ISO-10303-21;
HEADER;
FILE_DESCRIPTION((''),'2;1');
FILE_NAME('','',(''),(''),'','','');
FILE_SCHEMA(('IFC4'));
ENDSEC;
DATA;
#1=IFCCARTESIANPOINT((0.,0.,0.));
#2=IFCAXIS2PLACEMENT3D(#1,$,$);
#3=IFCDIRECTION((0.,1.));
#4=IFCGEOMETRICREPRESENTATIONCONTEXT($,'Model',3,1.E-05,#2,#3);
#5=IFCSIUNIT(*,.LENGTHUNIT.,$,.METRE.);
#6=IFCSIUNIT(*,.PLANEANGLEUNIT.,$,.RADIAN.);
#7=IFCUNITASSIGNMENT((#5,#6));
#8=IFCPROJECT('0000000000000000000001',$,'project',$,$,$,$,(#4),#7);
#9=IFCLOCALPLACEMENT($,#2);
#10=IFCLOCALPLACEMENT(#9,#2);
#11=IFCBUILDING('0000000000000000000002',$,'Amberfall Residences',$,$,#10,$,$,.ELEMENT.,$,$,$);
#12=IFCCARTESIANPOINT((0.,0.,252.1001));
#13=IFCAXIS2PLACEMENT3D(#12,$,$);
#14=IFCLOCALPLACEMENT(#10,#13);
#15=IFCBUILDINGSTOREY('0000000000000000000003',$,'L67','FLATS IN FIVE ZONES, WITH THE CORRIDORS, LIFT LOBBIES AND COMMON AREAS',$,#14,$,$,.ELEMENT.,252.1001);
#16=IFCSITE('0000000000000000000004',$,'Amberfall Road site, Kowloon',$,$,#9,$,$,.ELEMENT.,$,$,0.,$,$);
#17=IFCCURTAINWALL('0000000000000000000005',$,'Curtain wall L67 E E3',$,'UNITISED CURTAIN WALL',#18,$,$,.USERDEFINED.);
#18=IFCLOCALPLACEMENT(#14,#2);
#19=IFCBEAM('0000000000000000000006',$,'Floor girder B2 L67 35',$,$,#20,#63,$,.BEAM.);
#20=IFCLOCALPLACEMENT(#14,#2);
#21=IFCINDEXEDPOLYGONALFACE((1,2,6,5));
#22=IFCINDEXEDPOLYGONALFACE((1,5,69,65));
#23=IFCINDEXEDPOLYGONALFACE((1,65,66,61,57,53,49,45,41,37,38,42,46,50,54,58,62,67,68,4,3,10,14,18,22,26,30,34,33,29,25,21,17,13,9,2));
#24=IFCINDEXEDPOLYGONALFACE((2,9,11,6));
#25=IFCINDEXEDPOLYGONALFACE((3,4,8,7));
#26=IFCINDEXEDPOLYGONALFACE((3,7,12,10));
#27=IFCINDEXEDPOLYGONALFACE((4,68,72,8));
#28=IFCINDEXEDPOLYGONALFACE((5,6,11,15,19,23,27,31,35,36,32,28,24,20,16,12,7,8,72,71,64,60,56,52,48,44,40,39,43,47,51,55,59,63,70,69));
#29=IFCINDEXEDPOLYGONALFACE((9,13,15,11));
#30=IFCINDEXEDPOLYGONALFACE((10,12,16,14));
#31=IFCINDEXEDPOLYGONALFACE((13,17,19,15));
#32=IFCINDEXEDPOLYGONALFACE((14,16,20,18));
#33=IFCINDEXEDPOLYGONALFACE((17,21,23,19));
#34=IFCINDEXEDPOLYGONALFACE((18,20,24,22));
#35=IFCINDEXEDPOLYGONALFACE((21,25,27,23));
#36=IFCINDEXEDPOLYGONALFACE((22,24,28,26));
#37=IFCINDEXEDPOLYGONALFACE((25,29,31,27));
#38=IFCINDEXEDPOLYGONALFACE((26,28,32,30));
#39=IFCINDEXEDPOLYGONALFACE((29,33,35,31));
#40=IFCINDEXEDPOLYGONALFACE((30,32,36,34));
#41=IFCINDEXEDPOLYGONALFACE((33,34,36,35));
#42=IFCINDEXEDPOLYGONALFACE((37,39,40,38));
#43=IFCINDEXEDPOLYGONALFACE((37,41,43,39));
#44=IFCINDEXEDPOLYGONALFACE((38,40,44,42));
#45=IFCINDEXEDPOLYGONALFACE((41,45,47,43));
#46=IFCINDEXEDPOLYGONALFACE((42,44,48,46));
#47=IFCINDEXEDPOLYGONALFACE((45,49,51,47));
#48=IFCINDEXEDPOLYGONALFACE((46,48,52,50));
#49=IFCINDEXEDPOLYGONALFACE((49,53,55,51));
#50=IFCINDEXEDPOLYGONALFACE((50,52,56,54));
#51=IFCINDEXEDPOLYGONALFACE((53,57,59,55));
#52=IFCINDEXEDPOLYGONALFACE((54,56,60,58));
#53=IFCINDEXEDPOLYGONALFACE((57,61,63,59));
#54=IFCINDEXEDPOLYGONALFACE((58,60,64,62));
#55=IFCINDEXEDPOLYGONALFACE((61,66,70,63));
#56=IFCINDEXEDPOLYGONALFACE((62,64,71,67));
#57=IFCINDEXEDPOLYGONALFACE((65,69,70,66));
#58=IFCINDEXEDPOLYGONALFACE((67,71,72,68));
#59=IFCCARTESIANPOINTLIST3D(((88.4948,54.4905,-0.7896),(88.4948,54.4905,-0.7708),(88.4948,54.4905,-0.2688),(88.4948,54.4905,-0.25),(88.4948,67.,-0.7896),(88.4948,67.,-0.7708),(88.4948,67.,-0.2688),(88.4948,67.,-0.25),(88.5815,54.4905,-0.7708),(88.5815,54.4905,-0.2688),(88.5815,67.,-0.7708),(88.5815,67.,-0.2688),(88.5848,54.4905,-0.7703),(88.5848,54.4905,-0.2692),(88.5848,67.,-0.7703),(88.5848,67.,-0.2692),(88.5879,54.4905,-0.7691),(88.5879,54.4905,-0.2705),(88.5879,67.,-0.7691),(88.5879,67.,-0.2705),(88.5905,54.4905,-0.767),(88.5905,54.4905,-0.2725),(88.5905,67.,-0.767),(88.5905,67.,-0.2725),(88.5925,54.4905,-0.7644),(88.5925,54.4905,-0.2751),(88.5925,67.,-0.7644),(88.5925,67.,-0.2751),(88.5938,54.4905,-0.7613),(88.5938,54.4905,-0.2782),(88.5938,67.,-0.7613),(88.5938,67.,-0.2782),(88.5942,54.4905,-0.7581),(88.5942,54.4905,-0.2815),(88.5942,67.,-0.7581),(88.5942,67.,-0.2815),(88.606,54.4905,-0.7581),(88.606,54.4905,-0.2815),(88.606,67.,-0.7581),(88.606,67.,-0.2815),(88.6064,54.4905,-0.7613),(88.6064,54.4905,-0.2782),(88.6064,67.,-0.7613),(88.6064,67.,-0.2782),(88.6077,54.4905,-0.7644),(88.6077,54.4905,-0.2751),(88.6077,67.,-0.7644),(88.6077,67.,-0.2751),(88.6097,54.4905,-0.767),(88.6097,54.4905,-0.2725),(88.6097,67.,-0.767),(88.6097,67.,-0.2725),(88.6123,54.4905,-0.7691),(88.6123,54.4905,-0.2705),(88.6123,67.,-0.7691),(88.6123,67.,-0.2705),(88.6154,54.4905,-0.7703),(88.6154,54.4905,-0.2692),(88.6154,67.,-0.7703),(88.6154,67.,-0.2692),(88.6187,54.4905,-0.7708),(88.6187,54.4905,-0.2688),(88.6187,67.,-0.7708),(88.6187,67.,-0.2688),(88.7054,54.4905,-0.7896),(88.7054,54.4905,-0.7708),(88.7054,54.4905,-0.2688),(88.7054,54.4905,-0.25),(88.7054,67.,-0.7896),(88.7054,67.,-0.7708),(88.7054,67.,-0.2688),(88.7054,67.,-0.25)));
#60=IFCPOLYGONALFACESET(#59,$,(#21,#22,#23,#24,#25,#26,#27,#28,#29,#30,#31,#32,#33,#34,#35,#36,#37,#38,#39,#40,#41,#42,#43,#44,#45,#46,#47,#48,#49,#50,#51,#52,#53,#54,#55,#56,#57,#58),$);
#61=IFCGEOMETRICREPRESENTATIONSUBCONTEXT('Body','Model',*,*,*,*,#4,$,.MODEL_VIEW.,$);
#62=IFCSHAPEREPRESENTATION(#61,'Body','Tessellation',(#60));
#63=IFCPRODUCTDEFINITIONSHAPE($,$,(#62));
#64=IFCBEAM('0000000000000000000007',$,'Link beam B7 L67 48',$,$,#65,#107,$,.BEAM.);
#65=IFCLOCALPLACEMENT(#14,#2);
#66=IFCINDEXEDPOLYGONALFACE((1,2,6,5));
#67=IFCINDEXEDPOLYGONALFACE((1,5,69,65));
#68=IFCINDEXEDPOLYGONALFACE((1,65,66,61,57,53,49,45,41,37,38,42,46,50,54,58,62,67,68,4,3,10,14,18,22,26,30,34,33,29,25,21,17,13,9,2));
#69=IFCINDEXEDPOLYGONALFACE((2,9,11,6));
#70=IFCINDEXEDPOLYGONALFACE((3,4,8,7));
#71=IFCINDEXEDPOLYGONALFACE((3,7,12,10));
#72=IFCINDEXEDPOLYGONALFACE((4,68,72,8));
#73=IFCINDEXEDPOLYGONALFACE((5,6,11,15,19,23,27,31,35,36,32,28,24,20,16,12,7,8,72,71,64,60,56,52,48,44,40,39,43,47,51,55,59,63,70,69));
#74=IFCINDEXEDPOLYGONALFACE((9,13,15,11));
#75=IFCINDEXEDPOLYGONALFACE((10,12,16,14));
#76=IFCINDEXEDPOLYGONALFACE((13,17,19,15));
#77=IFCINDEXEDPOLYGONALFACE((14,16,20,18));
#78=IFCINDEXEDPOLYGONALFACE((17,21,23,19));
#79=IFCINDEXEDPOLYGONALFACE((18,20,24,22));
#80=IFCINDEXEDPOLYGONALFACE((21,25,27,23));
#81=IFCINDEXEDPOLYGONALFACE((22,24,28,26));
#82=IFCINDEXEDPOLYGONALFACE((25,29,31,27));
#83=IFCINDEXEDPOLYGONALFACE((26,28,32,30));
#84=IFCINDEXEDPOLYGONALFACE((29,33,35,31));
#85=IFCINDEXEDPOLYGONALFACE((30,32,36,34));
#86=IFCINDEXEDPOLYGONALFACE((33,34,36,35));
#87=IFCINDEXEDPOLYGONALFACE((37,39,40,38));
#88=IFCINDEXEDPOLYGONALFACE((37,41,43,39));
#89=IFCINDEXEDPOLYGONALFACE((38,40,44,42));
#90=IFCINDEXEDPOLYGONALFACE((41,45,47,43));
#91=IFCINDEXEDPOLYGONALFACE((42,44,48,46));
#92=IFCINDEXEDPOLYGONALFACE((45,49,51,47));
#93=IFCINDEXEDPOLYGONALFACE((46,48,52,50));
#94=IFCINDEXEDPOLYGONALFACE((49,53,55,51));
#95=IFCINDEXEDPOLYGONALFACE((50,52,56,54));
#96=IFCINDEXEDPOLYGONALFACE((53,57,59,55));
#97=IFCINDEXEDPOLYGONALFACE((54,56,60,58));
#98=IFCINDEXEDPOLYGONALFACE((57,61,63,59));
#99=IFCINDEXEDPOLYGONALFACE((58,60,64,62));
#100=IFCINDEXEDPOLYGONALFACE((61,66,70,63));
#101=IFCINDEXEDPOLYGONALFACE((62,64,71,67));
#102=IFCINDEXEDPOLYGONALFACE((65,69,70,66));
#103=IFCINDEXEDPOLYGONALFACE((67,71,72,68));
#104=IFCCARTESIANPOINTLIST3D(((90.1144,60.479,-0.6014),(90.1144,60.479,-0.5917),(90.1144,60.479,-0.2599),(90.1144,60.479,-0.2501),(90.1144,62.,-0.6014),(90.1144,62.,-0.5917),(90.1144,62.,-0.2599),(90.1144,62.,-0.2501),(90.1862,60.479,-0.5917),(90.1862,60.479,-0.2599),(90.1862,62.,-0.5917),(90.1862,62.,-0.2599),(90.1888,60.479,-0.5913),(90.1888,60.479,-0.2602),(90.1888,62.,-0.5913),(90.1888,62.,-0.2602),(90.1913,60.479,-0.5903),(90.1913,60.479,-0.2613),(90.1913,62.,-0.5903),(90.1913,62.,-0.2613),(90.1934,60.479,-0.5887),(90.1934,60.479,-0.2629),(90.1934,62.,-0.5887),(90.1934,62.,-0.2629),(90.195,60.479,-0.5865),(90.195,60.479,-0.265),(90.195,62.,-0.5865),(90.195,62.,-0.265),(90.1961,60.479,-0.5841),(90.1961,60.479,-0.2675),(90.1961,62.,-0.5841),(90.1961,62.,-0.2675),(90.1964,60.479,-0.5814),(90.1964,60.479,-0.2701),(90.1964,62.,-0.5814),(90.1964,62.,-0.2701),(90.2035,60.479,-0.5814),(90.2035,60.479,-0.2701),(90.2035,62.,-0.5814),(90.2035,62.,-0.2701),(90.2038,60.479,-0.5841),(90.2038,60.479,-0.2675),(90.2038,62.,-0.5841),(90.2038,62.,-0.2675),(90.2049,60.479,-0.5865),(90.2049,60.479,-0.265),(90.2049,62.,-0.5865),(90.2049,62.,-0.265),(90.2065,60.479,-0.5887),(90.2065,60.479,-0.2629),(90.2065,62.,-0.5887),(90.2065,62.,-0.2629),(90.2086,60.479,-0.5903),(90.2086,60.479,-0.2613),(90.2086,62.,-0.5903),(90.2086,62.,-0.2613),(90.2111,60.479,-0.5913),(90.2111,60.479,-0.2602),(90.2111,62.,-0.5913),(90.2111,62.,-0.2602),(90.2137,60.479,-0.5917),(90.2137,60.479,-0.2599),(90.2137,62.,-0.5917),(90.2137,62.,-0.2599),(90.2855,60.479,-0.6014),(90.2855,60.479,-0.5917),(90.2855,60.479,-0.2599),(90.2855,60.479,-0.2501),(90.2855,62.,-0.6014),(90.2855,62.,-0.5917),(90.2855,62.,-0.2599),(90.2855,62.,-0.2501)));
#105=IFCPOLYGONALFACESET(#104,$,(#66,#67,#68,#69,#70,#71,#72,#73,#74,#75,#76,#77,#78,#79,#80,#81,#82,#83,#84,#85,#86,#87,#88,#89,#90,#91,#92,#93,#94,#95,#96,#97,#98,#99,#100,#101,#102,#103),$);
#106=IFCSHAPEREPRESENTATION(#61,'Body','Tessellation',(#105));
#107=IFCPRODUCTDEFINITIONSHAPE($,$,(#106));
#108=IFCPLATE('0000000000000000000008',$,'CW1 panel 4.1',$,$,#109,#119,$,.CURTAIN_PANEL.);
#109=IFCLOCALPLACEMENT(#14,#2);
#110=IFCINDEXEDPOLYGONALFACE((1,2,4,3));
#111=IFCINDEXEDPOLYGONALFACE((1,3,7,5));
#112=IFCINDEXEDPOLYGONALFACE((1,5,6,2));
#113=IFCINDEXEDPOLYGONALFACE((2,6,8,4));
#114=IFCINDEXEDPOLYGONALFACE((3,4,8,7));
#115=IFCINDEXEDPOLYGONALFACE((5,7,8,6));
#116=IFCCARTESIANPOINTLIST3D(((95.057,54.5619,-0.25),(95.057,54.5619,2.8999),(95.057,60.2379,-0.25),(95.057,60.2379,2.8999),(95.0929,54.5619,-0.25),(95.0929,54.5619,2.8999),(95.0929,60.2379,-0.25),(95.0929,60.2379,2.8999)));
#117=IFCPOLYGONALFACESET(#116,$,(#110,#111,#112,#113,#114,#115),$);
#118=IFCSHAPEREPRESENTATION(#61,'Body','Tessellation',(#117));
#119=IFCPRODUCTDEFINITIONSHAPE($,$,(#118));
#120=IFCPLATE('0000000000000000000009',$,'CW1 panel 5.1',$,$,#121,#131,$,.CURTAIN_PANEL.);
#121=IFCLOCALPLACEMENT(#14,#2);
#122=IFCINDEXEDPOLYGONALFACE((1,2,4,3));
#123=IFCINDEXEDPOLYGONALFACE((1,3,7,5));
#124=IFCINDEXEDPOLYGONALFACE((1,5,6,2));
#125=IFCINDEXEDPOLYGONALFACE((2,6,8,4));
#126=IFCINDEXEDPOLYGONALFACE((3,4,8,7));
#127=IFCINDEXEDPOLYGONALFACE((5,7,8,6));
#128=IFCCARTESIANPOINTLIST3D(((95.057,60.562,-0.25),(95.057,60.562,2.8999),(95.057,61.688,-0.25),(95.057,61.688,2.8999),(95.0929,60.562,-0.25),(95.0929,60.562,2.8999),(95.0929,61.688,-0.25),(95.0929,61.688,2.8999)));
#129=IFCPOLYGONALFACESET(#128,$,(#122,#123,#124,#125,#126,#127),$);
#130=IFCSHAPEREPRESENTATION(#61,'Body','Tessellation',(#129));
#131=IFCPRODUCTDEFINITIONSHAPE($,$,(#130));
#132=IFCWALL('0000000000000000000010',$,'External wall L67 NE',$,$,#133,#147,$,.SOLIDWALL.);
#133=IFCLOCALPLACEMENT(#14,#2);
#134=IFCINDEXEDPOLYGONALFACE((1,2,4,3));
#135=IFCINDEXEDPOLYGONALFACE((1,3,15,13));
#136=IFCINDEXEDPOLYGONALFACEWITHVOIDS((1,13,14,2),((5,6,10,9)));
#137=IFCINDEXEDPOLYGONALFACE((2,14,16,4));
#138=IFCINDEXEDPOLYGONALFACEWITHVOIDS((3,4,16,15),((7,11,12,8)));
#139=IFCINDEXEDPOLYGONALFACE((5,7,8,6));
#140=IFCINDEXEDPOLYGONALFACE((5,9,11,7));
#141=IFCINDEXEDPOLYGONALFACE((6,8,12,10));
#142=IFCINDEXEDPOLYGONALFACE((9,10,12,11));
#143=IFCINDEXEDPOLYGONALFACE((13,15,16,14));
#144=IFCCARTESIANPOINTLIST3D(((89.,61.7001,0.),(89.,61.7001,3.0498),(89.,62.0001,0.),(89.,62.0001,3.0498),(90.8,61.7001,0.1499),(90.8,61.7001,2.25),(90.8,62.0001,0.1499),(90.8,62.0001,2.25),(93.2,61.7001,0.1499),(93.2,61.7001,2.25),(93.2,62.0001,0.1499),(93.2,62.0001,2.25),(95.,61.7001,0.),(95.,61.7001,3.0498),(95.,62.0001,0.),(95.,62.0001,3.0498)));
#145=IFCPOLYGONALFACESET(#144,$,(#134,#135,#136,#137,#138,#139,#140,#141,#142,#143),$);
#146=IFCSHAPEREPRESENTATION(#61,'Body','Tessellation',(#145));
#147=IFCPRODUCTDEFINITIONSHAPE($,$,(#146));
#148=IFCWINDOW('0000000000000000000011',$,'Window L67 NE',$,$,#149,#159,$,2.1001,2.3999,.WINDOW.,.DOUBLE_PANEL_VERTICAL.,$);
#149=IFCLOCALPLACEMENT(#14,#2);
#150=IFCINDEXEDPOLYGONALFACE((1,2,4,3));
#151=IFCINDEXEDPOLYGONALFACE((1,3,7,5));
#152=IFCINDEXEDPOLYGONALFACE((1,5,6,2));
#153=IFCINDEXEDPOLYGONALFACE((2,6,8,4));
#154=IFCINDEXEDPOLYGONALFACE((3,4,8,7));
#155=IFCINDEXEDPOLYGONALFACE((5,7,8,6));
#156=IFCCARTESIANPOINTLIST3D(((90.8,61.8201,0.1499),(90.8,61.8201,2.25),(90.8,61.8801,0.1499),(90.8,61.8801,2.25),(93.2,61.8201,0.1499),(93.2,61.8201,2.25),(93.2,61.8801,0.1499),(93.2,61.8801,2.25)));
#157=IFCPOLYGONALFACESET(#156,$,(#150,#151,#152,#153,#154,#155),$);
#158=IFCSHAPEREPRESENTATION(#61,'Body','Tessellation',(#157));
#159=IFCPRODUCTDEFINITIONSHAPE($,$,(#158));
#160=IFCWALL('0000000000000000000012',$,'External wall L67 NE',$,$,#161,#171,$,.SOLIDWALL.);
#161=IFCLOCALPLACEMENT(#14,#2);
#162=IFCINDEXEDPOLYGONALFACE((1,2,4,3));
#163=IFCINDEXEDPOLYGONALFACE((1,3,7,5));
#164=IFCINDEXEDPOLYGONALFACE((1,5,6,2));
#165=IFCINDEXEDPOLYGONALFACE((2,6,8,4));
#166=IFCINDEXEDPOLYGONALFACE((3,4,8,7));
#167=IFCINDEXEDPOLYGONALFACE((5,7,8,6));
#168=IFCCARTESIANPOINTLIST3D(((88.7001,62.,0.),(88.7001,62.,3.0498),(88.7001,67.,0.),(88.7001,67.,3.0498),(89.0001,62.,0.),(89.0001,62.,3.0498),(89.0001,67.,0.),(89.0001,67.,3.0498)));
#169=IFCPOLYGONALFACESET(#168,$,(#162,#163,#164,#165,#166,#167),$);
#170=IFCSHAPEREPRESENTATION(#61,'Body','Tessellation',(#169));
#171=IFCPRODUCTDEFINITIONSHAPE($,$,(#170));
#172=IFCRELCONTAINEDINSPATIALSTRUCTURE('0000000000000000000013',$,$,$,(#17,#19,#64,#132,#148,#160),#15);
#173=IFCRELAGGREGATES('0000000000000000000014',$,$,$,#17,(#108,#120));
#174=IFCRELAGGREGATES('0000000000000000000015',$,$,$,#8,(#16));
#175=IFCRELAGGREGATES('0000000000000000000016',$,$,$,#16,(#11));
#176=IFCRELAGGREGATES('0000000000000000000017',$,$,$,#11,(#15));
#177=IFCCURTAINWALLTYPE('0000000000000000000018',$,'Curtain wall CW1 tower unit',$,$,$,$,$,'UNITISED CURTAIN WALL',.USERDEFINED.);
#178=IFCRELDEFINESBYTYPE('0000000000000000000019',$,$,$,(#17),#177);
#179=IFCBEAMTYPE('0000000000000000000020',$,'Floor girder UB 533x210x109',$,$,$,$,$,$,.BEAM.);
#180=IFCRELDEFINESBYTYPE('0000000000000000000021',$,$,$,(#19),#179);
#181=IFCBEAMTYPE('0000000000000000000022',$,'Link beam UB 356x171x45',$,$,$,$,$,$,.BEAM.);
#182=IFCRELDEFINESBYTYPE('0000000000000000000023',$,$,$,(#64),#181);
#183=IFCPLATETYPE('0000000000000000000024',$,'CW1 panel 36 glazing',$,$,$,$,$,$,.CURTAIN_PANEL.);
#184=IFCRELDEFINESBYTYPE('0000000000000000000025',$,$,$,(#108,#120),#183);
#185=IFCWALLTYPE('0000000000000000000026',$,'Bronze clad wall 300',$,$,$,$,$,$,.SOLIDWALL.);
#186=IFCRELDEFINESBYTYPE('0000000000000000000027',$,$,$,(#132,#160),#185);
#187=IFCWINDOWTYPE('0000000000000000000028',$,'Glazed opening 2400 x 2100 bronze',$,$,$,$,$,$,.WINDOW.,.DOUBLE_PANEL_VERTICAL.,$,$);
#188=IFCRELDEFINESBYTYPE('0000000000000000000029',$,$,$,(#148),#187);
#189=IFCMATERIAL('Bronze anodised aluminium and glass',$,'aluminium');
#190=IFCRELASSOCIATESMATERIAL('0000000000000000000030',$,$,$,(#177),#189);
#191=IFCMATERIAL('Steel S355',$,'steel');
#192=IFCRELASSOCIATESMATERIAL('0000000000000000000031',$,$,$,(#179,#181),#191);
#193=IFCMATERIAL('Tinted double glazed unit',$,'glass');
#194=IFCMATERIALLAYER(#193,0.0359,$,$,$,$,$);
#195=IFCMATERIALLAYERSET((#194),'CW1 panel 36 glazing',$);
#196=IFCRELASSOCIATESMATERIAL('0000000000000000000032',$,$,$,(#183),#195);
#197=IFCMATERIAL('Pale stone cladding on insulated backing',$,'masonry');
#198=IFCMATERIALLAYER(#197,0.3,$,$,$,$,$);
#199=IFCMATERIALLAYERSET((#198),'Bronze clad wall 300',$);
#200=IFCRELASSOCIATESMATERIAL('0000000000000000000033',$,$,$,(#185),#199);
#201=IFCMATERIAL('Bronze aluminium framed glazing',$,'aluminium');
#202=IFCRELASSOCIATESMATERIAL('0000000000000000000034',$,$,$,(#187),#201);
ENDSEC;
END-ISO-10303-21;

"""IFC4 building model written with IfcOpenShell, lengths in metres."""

from ifc_helpers import new_model, si_unit, direction, frame, frame_2d, origin, origin_2d, place, context, subcontext, project, spatial, rectangle, i_section, extrude, material, layer, layer_set, material_profile, profile_set, type_object, element, fill, aggregate, save


model = new_model("IFC4")

# Units and contexts
model_context = context("Model", 3, precision=1e-05, world=origin(), true_north=direction((0.0, 1.0)))
body_context = subcontext(model_context, "Body", "Model", "MODEL_VIEW")
ifc_project = project(units=[si_unit("LENGTHUNIT", "METRE"), si_unit("PLANEANGLEUNIT", "RADIAN")], contexts=[model_context])

# Site, building, storey
site_placement = place(None, origin())
site = spatial("IfcSite", under=ifc_project, at=site_placement, Name="Amberfall Road site, Kowloon", CompositionType="ELEMENT", RefElevation=0.0)
building_placement = place(site_placement, origin())
building = spatial("IfcBuilding", under=site, at=building_placement, Name="Amberfall Residences", CompositionType="ELEMENT")
storey_placement = place(building_placement, frame((0.0, 0.0, 252.1001)))
storey = spatial("IfcBuildingStorey", under=building, at=storey_placement, Name="L67", Description="FLATS IN FIVE ZONES, WITH THE CORRIDORS, LIFT LOBBIES AND COMMON AREAS", CompositionType="ELEMENT", Elevation=252.1001)

# Curtain wall
ifc_material_1 = material(Name="Bronze anodised aluminium and glass", Category="aluminium")
curtain_wall_type = type_object("IfcCurtainWallType", Name="Curtain wall CW1 tower unit", ElementType="UNITISED CURTAIN WALL", PredefinedType="USERDEFINED", material=ifc_material_1)
curtain_wall_1_placement = place(storey_placement, origin())
curtain_wall_1 = element("IfcCurtainWall", 1, at=curtain_wall_1_placement, inside=storey, type_object=curtain_wall_type, Name="Curtain wall L67 E E3", ObjectType="UNITISED CURTAIN WALL", PredefinedType="USERDEFINED")

# Beams
ifc_material_2 = material(Name="Steel S355", Category="steel")
ifc_material_profile_1 = material_profile(ifc_material_2, i_section(OverallWidth=0.2107, OverallDepth=0.5396, WebThickness=0.0117, FlangeThickness=0.0188, FilletRadius=0.0127, at=origin_2d()), Name="UB 533x210x109")
ifc_profile_set_1 = profile_set([ifc_material_profile_1], Name="Steel S355")
beam_type_1 = type_object("IfcBeamType", Name="Floor girder UB 533x210x109", PredefinedType="BEAM", material=ifc_profile_set_1)
beam_1_placement = place(storey_placement, frame((88.6001, 67.0, -0.5198), z_axis=(0.0, -1.0, 0.0), x_axis=(1.0, 0.0, 0.0)))
element("IfcBeam", 2, at=beam_1_placement, inside=storey, type_object=beam_type_1, Name="Floor girder B2 L67 35", PredefinedType="BEAM", context=body_context, shape_type="SweptSolid", body=[
    extrude(i_section(OverallWidth=0.2107, OverallDepth=0.5396, WebThickness=0.0117, FlangeThickness=0.0188, FilletRadius=0.0127, at=origin_2d()), origin(), (0.0, 0.0, 1.0), 12.5095),
])
ifc_material_profile_2 = material_profile(ifc_material_2, i_section(OverallWidth=0.1711, OverallDepth=0.3513, WebThickness=0.0071, FlangeThickness=0.0098, FilletRadius=0.0103, at=origin_2d()), Name="UB 356x171x45")
ifc_profile_set_2 = profile_set([ifc_material_profile_2], Name="Steel S355")
beam_type_2 = type_object("IfcBeamType", Name="Link beam UB 356x171x45", PredefinedType="BEAM", material=ifc_profile_set_2)
beam_2_placement = place(storey_placement, frame((90.2, 62.0, -0.4258), z_axis=(0.0, -1.0, 0.0), x_axis=(1.0, 0.0, 0.0)))
element("IfcBeam", 3, at=beam_2_placement, inside=storey, type_object=beam_type_2, Name="Link beam B7 L67 48", PredefinedType="BEAM", context=body_context, shape_type="SweptSolid", body=[
    extrude(i_section(OverallWidth=0.1711, OverallDepth=0.3513, WebThickness=0.0071, FlangeThickness=0.0098, FilletRadius=0.0103, at=origin_2d()), origin(), (0.0, 0.0, 1.0), 1.521),
])

# Plates
ifc_material_3 = material(Name="Tinted double glazed unit", Category="glass")
ifc_layer_1 = layer(ifc_material_3, 0.0359)
ifc_layer_set_1 = layer_set([ifc_layer_1], Name="CW1 panel 36 glazing")
plate_type = type_object("IfcPlateType", Name="CW1 panel 36 glazing", PredefinedType="CURTAIN_PANEL", material=ifc_layer_set_1)
plate_1_placement = place(storey_placement, frame((95.075, 57.3999, -0.25), z_axis=(0.0, 0.0, 1.0), x_axis=(0.0, 1.0, 0.0)))
plate_1 = element("IfcPlate", 4, at=plate_1_placement, type_object=plate_type, Name="CW1 panel 4.1", PredefinedType="CURTAIN_PANEL", context=body_context, shape_type="SweptSolid", body=[
    extrude(rectangle(XDim=5.676, YDim=0.0359, at=origin_2d()), origin(), (0.0, 0.0, 1.0), 3.1499),
])
plate_2_placement = place(storey_placement, frame((95.075, 61.125, -0.25), z_axis=(0.0, 0.0, 1.0), x_axis=(0.0, 1.0, 0.0)))
plate_2 = element("IfcPlate", 5, at=plate_2_placement, type_object=plate_type, Name="CW1 panel 5.1", PredefinedType="CURTAIN_PANEL", context=body_context, shape_type="SweptSolid", body=[
    extrude(rectangle(XDim=1.126, YDim=0.0359, at=origin_2d()), origin(), (0.0, 0.0, 1.0), 3.1499),
])
aggregate(curtain_wall_1, [plate_1, plate_2])

# Wall, opening, window
ifc_material_4 = material(Name="Pale stone cladding on insulated backing", Category="masonry")
ifc_layer_2 = layer(ifc_material_4, 0.3)
ifc_layer_set_2 = layer_set([ifc_layer_2], Name="Bronze clad wall 300")
wall_type_1 = type_object("IfcWallType", Name="Bronze clad wall 300", PredefinedType="SOLIDWALL", material=ifc_layer_set_2)
wall_1_placement = place(storey_placement, frame((95.0, 61.8501, 0.0), z_axis=(0.0, 0.0, 1.0), x_axis=(-1.0, 0.0, 0.0)))
wall_1 = element("IfcWall", 6, at=wall_1_placement, inside=storey, type_object=wall_type_1, Name="External wall L67 NE", PredefinedType="SOLIDWALL", context=body_context, shape_type="SweptSolid", body=[
    extrude(rectangle(XDim=6.0, YDim=0.3, at=frame_2d((3.0, 0.0))), origin(), (0.0, 0.0, 1.0), 3.0498),
])
opening_1_placement = place(wall_1_placement, frame((1.8, 0.0, 0.1499)))
opening_1 = element("IfcOpeningElement", 7, at=opening_1_placement, cuts=wall_1, PredefinedType="OPENING", context=body_context, shape_type="SweptSolid", body=[
    extrude(rectangle(XDim=2.3999, YDim=2.1001, at=frame_2d((1.2, 1.05))), frame((0.0, 0.1599, 0.0), z_axis=(0.0, -1.0, 0.0), x_axis=(1.0, 0.0, 0.0)), (0.0, 0.0, 1.0), 0.3201),
])
ifc_material_5 = material(Name="Bronze aluminium framed glazing", Category="aluminium")
window_type = type_object("IfcWindowType", Name="Glazed opening 2400 x 2100 bronze", PartitioningType="DOUBLE_PANEL_VERTICAL", PredefinedType="WINDOW", material=ifc_material_5)
window_placement = place(opening_1_placement, origin())
window = element("IfcWindow", 8, at=window_placement, inside=storey, type_object=window_type, Name="Window L67 NE", OverallHeight=2.1001, OverallWidth=2.3999, PartitioningType="DOUBLE_PANEL_VERTICAL", PredefinedType="WINDOW", context=body_context, shape_type="SweptSolid", body=[
    extrude(rectangle(XDim=2.3999, YDim=2.1001, at=frame_2d((1.2, 1.05))), frame((0.0, 0.03, 0.0), z_axis=(0.0, -1.0, 0.0), x_axis=(1.0, 0.0, 0.0)), (0.0, 0.0, 1.0), 0.0601),
])
fill(opening_1, window)

# Wall
wall_2_placement = place(storey_placement, frame((88.8501, 62.0, 0.0), z_axis=(0.0, 0.0, 1.0), x_axis=(0.0, 1.0, 0.0)))
element("IfcWall", 9, at=wall_2_placement, inside=storey, type_object=wall_type_1, Name="External wall L67 NE", PredefinedType="SOLIDWALL", context=body_context, shape_type="SweptSolid", body=[
    extrude(rectangle(XDim=5.0, YDim=0.3, at=frame_2d((2.5, 0.0))), origin(), (0.0, 0.0, 1.0), 3.0498),
])

save(model, "model.ifc")
